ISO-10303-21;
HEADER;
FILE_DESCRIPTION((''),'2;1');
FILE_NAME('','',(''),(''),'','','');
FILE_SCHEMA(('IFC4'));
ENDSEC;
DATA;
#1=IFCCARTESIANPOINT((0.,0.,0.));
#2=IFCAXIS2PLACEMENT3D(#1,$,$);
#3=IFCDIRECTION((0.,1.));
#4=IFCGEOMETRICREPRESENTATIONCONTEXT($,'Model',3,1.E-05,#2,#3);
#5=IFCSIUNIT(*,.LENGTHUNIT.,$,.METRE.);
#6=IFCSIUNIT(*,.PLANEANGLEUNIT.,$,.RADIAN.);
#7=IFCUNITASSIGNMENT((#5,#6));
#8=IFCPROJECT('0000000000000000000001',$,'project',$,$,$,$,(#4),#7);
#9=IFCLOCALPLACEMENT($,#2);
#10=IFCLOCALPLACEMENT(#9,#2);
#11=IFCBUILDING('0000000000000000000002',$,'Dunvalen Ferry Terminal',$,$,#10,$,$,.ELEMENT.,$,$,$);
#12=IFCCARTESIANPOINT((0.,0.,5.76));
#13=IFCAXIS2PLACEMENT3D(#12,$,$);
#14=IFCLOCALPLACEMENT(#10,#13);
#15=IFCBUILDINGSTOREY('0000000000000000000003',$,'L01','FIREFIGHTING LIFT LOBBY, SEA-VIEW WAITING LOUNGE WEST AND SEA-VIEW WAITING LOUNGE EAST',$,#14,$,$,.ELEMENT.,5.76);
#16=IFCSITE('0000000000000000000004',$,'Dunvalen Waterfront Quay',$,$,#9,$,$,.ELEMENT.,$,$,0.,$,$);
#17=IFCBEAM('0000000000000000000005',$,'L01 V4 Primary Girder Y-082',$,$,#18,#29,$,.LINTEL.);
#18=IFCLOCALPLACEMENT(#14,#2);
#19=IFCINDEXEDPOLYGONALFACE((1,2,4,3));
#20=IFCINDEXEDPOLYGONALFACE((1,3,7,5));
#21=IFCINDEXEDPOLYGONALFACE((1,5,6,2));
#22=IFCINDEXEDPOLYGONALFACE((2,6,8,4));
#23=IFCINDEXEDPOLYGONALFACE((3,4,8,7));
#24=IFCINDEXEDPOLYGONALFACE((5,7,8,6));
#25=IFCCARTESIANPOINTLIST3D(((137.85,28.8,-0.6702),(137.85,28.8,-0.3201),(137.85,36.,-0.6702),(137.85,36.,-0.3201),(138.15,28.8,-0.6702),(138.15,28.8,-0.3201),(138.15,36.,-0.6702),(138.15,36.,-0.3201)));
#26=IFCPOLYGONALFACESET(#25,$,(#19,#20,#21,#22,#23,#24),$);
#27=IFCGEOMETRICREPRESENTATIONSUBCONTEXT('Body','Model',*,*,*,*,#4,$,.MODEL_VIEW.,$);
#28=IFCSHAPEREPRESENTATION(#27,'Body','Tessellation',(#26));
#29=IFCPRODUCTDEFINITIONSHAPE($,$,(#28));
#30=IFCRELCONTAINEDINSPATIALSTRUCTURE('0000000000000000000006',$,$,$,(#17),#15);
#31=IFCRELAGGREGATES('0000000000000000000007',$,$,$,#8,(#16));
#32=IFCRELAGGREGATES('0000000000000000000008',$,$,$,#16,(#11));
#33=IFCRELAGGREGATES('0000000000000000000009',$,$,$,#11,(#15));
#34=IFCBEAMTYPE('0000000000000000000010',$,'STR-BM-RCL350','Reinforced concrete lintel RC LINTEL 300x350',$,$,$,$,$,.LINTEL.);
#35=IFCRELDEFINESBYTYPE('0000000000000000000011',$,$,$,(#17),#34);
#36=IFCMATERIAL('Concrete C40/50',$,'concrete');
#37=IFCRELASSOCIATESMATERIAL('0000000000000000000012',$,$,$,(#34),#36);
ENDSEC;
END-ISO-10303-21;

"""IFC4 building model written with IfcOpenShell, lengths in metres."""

from ifc_helpers import new_model, si_unit, direction, frame, origin, origin_2d, place, context, subcontext, project, spatial, rectangle, extrude, material, material_profile, profile_set, type_object, element, save


model = new_model("IFC4")

# Units and contexts
model_context = context("Model", 3, precision=1e-05, world=origin(), true_north=direction((0.0, 1.0)))
body_context = subcontext(model_context, "Body", "Model", "MODEL_VIEW")
ifc_project = project(units=[si_unit("LENGTHUNIT", "METRE"), si_unit("PLANEANGLEUNIT", "RADIAN")], contexts=[model_context])

# Site, building, storey
site_placement = place(None, origin())
site = spatial("IfcSite", under=ifc_project, at=site_placement, Name="Dunvalen Waterfront Quay", CompositionType="ELEMENT", RefElevation=0.0)
building_placement = place(site_placement, origin())
building = spatial("IfcBuilding", under=site, at=building_placement, Name="Dunvalen Ferry Terminal", CompositionType="ELEMENT")
storey_placement = place(building_placement, frame((0.0, 0.0, 5.76)))
storey = spatial("IfcBuildingStorey", under=building, at=storey_placement, Name="L01", Description="FIREFIGHTING LIFT LOBBY, SEA-VIEW WAITING LOUNGE WEST AND SEA-VIEW WAITING LOUNGE EAST", CompositionType="ELEMENT", Elevation=5.76)

# Shared definitions
ifc_material_1 = material(Name="Concrete C40/50", Category="concrete")

# Beam
ifc_material_profile_1 = material_profile(ifc_material_1, rectangle(XDim=0.3, YDim=0.3501, at=origin_2d()), Name="Concrete C40/50")
ifc_profile_set_1 = profile_set([ifc_material_profile_1], Name="Concrete C40/50")
beam_type_1 = type_object("IfcBeamType", Name="STR-BM-RCL350", Description="Reinforced concrete lintel RC LINTEL 300x350", PredefinedType="LINTEL", material=ifc_profile_set_1)
for number, where, z_axis, x_axis, name in (
    (1, (138.0, 28.8, -0.4951), (0.0, 1.0, 0.0), (-1.0, 0.0, 0.0), "L01 V4 Primary Girder Y-082"),
):
    element("IfcBeam", number, at=place(storey_placement, frame(where, z_axis=z_axis, x_axis=x_axis)), inside=storey, type_object=beam_type_1, Name=name, PredefinedType="LINTEL", context=body_context, shape_type="SweptSolid", body=[
        extrude(rectangle(XDim=0.3, YDim=0.3501, at=origin_2d()), origin(), (0.0, 0.0, 1.0), 7.2),
    ])

save(model, "model.ifc")
